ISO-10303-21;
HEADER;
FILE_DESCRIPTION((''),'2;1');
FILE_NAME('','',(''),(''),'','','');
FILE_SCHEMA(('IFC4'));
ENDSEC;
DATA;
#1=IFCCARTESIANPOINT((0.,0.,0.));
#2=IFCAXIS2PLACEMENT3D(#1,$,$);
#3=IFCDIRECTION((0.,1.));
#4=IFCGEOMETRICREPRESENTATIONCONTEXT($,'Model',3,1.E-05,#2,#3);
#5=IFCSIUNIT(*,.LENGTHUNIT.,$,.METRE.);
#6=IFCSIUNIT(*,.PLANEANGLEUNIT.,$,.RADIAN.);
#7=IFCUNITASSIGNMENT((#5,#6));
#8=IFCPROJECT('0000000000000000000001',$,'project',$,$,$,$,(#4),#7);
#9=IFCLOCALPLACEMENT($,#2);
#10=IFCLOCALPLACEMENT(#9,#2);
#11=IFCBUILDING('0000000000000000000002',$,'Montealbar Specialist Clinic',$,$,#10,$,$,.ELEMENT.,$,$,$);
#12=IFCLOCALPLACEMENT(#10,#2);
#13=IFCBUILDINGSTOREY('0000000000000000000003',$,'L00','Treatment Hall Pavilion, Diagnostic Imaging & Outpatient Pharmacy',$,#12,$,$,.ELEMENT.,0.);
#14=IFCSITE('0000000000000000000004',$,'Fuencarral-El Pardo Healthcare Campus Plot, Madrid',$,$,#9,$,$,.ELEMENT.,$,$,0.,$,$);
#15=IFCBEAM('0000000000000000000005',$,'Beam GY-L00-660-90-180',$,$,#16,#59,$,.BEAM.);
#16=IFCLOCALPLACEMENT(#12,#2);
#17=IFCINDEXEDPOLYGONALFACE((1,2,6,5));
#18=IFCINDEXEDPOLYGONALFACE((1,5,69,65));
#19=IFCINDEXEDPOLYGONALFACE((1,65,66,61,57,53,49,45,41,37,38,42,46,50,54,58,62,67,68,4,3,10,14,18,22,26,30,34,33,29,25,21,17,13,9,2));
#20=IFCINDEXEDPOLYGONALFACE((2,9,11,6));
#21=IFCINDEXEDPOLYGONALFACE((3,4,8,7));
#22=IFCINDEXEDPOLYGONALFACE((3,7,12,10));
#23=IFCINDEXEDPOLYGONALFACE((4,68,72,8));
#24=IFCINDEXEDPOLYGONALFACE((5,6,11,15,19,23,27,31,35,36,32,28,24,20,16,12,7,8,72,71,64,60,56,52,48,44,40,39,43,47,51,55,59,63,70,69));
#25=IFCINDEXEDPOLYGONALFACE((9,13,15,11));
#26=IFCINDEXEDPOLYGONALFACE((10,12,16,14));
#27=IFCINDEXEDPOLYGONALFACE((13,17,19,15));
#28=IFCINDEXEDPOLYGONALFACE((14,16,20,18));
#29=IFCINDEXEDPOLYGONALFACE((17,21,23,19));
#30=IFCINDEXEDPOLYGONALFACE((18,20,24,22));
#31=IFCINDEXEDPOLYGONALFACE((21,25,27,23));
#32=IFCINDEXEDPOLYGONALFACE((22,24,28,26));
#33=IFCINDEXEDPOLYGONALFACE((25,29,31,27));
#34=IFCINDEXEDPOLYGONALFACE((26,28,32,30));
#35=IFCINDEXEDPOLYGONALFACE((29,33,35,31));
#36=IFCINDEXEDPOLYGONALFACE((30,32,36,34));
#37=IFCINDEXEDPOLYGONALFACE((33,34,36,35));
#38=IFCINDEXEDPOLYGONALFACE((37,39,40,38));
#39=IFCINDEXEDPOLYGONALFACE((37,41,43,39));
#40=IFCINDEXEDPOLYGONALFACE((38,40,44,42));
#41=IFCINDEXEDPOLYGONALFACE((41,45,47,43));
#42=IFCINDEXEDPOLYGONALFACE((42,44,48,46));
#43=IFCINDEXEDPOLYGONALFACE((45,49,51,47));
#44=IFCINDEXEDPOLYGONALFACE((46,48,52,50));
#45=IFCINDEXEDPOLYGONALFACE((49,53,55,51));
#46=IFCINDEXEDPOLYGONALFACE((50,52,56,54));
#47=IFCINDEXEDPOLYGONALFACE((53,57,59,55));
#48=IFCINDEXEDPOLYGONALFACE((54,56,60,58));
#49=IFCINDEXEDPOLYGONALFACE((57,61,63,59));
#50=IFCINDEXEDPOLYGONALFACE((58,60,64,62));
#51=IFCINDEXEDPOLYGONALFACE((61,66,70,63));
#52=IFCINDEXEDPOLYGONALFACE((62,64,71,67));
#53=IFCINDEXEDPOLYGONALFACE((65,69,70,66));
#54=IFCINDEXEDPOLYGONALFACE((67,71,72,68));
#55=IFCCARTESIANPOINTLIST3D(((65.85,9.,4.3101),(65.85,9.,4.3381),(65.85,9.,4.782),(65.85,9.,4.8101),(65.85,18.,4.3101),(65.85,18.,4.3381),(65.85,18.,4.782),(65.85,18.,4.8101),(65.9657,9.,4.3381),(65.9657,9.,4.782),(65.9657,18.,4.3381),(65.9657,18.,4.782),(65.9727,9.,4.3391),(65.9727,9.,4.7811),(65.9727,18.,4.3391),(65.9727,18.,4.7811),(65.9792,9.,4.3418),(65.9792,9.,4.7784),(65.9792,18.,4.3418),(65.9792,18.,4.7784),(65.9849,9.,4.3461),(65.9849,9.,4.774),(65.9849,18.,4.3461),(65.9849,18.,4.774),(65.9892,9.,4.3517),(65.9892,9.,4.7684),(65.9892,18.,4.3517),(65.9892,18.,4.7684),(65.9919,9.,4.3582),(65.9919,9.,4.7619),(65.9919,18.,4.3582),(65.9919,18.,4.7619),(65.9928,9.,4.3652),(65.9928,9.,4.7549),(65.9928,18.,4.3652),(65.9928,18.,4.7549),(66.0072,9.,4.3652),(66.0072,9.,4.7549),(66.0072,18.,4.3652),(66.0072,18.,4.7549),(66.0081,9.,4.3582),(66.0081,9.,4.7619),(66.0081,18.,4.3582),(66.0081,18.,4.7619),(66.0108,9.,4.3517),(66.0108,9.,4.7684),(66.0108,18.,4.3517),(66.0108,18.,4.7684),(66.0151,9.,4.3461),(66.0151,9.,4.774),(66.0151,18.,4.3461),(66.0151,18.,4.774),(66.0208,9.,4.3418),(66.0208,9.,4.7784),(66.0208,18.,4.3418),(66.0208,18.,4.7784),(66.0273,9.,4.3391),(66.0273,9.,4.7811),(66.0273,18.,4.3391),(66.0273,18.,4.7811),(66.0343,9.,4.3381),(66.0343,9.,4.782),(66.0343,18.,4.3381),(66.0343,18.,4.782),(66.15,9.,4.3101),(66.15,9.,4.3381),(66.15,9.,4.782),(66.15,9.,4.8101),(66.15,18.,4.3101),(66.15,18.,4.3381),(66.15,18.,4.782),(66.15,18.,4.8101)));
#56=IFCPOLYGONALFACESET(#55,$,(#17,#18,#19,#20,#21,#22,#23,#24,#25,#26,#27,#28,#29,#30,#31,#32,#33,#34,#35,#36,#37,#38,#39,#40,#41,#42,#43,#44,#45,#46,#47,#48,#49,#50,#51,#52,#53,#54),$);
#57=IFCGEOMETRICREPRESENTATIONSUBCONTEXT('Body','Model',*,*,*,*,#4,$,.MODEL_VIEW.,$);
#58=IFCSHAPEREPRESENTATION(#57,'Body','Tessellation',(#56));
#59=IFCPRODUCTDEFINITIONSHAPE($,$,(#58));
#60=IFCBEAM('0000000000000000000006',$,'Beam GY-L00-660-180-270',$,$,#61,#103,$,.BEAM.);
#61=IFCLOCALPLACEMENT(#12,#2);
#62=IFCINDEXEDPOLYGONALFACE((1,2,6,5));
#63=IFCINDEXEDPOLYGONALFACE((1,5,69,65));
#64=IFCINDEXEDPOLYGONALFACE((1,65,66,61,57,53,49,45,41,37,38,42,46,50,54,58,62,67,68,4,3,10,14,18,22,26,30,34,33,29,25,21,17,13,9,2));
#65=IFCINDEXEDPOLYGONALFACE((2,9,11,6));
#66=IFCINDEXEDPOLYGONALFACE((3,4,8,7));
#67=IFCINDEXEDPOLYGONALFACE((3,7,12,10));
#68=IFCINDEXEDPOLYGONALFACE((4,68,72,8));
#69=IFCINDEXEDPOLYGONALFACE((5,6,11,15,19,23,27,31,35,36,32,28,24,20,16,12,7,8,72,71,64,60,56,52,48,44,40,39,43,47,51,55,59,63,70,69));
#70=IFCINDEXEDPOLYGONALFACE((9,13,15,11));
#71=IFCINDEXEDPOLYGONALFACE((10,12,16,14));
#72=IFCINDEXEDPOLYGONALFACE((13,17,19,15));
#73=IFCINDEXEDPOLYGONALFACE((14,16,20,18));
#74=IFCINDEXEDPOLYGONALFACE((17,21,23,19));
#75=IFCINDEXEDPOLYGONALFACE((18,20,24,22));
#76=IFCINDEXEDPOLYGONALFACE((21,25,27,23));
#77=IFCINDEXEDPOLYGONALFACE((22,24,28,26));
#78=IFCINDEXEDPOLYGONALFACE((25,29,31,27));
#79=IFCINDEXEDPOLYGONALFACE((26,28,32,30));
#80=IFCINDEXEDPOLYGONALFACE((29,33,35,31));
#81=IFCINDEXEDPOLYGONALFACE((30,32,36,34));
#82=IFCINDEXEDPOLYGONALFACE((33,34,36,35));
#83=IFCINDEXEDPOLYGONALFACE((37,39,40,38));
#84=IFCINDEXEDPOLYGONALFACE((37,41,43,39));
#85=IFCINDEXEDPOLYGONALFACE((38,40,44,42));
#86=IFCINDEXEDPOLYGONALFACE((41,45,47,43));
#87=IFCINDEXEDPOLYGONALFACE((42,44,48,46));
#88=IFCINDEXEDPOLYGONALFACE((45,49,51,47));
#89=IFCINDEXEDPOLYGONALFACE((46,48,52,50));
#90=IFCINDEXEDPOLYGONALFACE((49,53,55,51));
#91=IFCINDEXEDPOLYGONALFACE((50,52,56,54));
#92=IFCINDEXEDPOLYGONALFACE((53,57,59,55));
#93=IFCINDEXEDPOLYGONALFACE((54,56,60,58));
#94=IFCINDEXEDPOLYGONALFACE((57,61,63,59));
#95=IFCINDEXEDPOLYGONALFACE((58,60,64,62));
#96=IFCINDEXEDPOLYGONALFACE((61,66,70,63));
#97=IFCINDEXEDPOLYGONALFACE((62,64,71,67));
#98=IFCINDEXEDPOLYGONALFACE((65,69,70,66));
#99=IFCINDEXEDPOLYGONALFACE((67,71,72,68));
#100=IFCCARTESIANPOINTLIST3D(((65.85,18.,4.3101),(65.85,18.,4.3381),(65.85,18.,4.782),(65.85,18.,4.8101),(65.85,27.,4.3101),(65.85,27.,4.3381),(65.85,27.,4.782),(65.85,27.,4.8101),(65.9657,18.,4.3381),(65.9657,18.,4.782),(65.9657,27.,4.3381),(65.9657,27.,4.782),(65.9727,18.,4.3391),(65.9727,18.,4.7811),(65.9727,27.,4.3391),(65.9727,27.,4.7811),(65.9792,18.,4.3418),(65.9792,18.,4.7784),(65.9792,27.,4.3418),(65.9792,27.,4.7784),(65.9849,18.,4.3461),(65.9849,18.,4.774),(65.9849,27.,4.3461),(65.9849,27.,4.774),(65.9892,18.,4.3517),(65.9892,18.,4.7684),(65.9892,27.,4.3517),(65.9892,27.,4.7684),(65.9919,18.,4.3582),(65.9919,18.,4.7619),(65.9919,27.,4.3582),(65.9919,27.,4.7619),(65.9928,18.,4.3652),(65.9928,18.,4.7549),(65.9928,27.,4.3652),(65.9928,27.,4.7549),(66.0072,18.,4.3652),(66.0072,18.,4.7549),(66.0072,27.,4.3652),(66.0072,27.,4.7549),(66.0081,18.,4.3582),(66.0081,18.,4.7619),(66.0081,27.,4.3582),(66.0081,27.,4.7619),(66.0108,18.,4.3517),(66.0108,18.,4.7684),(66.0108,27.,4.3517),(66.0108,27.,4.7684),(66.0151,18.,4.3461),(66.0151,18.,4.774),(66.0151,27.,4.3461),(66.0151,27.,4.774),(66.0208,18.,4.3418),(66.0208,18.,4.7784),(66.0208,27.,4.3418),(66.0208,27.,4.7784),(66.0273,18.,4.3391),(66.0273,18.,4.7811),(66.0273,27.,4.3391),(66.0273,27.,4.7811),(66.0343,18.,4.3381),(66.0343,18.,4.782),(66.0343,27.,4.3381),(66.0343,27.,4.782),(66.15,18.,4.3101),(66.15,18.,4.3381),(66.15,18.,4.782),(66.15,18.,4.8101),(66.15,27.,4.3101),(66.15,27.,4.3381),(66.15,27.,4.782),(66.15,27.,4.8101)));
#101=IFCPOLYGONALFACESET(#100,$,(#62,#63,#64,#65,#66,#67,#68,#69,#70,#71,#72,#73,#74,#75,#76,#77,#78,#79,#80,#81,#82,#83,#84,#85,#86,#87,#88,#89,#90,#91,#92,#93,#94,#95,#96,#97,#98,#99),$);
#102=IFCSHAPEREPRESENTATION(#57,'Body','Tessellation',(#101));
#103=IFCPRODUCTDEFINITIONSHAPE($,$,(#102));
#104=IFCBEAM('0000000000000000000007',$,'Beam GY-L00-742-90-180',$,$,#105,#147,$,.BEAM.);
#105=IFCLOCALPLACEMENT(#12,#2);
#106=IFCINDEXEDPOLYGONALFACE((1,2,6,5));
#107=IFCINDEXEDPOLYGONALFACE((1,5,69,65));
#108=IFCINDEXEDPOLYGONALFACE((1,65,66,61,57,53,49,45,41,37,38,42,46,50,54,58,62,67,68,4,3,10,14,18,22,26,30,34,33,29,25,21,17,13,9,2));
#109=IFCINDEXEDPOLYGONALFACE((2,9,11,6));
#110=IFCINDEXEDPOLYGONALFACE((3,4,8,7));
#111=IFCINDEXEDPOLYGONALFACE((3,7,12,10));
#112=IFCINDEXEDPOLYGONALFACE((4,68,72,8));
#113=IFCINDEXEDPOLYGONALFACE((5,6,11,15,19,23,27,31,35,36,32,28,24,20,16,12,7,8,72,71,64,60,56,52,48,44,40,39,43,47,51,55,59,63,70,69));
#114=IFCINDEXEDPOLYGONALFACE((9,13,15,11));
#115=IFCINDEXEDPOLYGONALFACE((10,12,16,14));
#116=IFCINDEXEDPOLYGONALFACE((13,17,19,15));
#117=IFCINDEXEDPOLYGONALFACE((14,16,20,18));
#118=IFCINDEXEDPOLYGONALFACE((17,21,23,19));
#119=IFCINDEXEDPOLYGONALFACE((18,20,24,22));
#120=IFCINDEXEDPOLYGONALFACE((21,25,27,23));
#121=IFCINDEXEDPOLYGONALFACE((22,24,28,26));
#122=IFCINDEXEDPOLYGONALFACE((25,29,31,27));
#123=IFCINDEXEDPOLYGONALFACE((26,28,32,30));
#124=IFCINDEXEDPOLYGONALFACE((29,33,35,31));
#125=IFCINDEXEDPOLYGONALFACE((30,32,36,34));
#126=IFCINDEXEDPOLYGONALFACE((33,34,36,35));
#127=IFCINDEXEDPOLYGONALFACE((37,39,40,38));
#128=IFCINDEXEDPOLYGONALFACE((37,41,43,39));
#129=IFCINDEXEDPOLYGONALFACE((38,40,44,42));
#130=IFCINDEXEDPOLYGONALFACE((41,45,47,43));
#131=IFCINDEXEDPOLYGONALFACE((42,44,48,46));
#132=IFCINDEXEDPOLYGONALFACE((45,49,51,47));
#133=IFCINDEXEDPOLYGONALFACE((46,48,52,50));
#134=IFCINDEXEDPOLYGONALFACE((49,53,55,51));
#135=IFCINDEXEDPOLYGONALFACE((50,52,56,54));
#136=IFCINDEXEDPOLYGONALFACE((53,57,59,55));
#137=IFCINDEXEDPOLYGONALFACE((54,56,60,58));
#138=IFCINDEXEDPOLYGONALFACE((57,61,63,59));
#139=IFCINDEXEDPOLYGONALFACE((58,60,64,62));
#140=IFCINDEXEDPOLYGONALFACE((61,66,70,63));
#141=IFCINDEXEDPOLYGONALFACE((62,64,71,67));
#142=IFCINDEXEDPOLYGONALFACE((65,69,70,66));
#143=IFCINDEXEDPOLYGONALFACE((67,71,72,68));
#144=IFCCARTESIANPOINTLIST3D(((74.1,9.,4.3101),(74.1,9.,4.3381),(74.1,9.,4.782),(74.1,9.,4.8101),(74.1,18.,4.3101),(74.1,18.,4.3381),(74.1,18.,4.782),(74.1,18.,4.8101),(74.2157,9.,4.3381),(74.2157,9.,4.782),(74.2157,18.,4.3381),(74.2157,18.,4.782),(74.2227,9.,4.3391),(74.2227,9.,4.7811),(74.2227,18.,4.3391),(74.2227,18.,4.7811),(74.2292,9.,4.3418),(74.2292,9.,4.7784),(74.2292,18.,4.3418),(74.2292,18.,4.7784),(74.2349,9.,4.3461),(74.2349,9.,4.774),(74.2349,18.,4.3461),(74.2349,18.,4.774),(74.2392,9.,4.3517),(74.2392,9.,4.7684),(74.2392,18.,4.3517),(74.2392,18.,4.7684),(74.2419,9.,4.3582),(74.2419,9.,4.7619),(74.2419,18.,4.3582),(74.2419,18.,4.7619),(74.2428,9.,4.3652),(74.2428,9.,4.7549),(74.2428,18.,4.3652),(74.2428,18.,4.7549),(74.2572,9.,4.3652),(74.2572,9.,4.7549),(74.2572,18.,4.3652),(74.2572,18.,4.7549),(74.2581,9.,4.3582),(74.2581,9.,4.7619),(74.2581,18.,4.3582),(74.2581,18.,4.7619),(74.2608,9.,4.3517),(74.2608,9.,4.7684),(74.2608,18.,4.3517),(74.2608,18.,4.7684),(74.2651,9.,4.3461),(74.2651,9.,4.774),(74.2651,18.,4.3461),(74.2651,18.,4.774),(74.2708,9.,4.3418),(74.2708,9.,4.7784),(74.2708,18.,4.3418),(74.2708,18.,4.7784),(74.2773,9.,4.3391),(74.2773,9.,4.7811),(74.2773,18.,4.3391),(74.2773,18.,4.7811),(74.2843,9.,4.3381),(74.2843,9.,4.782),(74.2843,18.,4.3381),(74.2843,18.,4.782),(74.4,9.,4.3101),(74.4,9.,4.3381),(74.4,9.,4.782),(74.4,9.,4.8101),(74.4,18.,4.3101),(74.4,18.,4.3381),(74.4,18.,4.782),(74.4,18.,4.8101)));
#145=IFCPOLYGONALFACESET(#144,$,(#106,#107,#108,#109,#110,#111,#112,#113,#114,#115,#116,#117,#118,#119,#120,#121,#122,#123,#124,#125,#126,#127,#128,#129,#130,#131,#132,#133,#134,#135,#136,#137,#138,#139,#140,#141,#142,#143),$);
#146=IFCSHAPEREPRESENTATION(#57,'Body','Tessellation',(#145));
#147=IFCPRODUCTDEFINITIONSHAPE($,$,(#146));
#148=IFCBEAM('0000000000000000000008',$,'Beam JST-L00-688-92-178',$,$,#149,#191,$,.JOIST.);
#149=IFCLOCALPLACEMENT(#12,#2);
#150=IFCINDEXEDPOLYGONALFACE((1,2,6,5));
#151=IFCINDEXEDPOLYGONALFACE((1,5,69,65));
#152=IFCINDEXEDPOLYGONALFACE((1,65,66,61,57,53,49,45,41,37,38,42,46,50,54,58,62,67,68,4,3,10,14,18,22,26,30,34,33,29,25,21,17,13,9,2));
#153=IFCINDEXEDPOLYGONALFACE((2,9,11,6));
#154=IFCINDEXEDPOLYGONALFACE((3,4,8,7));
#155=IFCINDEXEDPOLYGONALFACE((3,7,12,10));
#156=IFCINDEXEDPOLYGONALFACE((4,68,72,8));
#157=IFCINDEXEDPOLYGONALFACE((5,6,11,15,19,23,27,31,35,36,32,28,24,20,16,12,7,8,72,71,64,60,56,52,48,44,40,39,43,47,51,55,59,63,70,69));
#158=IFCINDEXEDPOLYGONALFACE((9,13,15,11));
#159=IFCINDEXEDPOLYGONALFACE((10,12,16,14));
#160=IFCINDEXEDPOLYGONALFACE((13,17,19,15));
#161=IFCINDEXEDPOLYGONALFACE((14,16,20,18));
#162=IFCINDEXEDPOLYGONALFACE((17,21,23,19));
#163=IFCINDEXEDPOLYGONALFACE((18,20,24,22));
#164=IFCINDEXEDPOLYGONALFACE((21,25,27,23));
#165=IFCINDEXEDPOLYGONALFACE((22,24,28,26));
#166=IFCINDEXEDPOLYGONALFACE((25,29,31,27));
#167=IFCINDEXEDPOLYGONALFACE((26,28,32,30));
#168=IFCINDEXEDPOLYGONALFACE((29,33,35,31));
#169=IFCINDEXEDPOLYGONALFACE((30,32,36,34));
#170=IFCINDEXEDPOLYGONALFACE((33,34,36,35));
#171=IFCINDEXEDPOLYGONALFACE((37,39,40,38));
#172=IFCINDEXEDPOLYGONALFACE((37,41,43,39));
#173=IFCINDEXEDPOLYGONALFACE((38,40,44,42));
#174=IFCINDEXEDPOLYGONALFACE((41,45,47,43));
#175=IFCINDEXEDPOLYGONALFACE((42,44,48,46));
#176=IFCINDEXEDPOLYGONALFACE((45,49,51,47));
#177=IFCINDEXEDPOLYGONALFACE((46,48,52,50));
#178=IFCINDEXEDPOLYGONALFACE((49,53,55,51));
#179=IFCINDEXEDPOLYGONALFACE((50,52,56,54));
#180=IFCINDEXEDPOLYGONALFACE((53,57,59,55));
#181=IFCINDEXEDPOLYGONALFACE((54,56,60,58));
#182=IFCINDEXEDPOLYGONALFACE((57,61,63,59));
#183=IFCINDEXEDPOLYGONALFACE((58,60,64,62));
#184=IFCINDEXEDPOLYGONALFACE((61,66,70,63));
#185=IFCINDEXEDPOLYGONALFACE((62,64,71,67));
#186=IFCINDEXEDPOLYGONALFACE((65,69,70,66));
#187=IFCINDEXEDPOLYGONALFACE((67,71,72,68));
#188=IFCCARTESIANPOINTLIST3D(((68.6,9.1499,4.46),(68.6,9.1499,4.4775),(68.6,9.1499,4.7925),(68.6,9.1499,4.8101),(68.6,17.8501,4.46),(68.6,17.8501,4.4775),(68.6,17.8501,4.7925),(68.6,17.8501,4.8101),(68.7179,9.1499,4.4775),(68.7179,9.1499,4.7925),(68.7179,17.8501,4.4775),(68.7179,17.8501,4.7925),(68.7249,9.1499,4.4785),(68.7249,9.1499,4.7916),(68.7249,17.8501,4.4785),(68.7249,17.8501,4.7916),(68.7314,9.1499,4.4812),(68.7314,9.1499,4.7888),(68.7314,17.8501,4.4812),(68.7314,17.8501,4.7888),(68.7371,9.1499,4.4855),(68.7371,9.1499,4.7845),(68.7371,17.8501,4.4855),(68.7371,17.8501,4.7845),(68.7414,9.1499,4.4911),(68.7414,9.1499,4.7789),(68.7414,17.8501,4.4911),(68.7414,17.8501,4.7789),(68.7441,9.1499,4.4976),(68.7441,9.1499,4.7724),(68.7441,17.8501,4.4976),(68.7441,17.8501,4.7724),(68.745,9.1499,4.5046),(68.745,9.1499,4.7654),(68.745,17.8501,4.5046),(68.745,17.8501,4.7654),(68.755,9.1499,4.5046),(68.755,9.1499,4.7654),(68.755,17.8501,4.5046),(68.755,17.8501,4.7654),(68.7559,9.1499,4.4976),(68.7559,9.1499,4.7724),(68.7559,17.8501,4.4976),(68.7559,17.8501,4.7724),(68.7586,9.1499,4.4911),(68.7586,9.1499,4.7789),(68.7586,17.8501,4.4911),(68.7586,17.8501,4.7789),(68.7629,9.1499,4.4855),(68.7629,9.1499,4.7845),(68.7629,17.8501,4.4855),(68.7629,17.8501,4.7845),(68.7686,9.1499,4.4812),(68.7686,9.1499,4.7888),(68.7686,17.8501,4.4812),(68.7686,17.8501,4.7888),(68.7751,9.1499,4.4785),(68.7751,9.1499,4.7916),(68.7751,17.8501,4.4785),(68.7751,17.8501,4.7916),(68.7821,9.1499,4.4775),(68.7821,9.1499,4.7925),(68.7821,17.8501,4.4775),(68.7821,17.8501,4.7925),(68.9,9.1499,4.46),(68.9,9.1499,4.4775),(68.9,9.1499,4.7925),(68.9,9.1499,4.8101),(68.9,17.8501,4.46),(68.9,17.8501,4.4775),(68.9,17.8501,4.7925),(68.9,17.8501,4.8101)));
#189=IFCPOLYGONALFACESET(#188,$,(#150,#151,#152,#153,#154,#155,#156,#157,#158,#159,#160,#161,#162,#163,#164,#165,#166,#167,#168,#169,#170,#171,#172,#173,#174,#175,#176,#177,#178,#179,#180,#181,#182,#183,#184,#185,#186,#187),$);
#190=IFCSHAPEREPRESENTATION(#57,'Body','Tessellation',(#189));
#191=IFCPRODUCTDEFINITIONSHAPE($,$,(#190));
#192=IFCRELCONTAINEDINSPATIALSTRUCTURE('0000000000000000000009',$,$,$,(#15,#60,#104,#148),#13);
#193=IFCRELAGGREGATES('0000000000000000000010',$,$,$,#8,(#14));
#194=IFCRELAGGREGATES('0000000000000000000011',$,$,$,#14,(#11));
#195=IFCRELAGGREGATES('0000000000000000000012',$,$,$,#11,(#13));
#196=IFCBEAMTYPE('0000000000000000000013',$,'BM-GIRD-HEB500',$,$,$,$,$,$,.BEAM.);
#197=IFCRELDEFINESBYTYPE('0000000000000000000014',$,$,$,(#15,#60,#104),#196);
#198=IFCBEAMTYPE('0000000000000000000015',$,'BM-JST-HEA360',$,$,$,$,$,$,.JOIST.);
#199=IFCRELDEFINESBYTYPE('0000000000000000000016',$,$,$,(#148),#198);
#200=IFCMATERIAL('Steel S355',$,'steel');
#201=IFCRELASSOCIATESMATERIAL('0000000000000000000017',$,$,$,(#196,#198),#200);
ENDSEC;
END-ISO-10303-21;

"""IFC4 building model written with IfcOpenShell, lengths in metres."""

from ifc_helpers import new_model, si_unit, direction, frame, origin, origin_2d, place, context, subcontext, project, spatial, i_section, extrude, material, material_profile, profile_set, type_object, element, save


model = new_model("IFC4")

# Units and contexts
model_context = context("Model", 3, precision=1e-05, world=origin(), true_north=direction((0.0, 1.0)))
body_context = subcontext(model_context, "Body", "Model", "MODEL_VIEW")
ifc_project = project(units=[si_unit("LENGTHUNIT", "METRE"), si_unit("PLANEANGLEUNIT", "RADIAN")], contexts=[model_context])

# Site, building, storey
site_placement = place(None, origin())
site = spatial("IfcSite", under=ifc_project, at=site_placement, Name="Fuencarral-El Pardo Healthcare Campus Plot, Madrid", CompositionType="ELEMENT", RefElevation=0.0)
building_placement = place(site_placement, origin())
building = spatial("IfcBuilding", under=site, at=building_placement, Name="Montealbar Specialist Clinic", CompositionType="ELEMENT")
storey_placement = place(building_placement, origin())
storey = spatial("IfcBuildingStorey", under=building, at=storey_placement, Name="L00", Description="Treatment Hall Pavilion, Diagnostic Imaging & Outpatient Pharmacy", CompositionType="ELEMENT", Elevation=0.0)

# Shared definitions
ifc_material_1 = material(Name="Steel S355", Category="steel")

# Beams
ifc_material_profile_1 = material_profile(ifc_material_1, i_section(OverallWidth=0.3, OverallDepth=0.5, WebThickness=0.0144, FlangeThickness=0.0281, FilletRadius=0.0271, at=origin_2d()), Name="HEB 500", Category="steel")
ifc_profile_set_1 = profile_set([ifc_material_profile_1], Name="Steel S355")
beam_type_1 = type_object("IfcBeamType", Name="BM-GIRD-HEB500", PredefinedType="BEAM", material=ifc_profile_set_1)
for number, where, z_axis, x_axis, name in (
    (1, (66.0, 9.0, 4.5601), (0.0, 1.0, 0.0), (-1.0, 0.0, 0.0), "Beam GY-L00-660-90-180"),
    (2, (66.0, 18.0, 4.5601), (0.0, 1.0, 0.0), (-1.0, 0.0, 0.0), "Beam GY-L00-660-180-270"),
    (3, (74.25, 9.0, 4.5601), (0.0, 1.0, 0.0), (-1.0, 0.0, 0.0), "Beam GY-L00-742-90-180"),
):
    element("IfcBeam", number, at=place(storey_placement, frame(where, z_axis=z_axis, x_axis=x_axis)), inside=storey, type_object=beam_type_1, Name=name, PredefinedType="BEAM", context=body_context, shape_type="SweptSolid", body=[
        extrude(i_section(OverallWidth=0.3, OverallDepth=0.5, WebThickness=0.0144, FlangeThickness=0.0281, FilletRadius=0.0271, at=origin_2d()), origin(), (0.0, 0.0, 1.0), 9.0),
    ])
ifc_material_profile_2 = material_profile(ifc_material_1, i_section(OverallWidth=0.3, OverallDepth=0.3501, WebThickness=0.01, FlangeThickness=0.0176, FilletRadius=0.0271, at=origin_2d()), Name="HEA 360", Category="steel")
ifc_profile_set_2 = profile_set([ifc_material_profile_2], Name="Steel S355")
beam_type_2 = type_object("IfcBeamType", Name="BM-JST-HEA360", PredefinedType="JOIST", material=ifc_profile_set_2)
beam_1_placement = place(storey_placement, frame((68.75, 9.1499, 4.635), z_axis=(0.0, 1.0, 0.0), x_axis=(-1.0, 0.0, 0.0)))
element("IfcBeam", 4, at=beam_1_placement, inside=storey, type_object=beam_type_2, Name="Beam JST-L00-688-92-178", PredefinedType="JOIST", context=body_context, shape_type="SweptSolid", body=[
    extrude(i_section(OverallWidth=0.3, OverallDepth=0.3501, WebThickness=0.01, FlangeThickness=0.0176, FilletRadius=0.0271, at=origin_2d()), origin(), (0.0, 0.0, 1.0), 8.7002),
])

save(model, "model.ifc")
